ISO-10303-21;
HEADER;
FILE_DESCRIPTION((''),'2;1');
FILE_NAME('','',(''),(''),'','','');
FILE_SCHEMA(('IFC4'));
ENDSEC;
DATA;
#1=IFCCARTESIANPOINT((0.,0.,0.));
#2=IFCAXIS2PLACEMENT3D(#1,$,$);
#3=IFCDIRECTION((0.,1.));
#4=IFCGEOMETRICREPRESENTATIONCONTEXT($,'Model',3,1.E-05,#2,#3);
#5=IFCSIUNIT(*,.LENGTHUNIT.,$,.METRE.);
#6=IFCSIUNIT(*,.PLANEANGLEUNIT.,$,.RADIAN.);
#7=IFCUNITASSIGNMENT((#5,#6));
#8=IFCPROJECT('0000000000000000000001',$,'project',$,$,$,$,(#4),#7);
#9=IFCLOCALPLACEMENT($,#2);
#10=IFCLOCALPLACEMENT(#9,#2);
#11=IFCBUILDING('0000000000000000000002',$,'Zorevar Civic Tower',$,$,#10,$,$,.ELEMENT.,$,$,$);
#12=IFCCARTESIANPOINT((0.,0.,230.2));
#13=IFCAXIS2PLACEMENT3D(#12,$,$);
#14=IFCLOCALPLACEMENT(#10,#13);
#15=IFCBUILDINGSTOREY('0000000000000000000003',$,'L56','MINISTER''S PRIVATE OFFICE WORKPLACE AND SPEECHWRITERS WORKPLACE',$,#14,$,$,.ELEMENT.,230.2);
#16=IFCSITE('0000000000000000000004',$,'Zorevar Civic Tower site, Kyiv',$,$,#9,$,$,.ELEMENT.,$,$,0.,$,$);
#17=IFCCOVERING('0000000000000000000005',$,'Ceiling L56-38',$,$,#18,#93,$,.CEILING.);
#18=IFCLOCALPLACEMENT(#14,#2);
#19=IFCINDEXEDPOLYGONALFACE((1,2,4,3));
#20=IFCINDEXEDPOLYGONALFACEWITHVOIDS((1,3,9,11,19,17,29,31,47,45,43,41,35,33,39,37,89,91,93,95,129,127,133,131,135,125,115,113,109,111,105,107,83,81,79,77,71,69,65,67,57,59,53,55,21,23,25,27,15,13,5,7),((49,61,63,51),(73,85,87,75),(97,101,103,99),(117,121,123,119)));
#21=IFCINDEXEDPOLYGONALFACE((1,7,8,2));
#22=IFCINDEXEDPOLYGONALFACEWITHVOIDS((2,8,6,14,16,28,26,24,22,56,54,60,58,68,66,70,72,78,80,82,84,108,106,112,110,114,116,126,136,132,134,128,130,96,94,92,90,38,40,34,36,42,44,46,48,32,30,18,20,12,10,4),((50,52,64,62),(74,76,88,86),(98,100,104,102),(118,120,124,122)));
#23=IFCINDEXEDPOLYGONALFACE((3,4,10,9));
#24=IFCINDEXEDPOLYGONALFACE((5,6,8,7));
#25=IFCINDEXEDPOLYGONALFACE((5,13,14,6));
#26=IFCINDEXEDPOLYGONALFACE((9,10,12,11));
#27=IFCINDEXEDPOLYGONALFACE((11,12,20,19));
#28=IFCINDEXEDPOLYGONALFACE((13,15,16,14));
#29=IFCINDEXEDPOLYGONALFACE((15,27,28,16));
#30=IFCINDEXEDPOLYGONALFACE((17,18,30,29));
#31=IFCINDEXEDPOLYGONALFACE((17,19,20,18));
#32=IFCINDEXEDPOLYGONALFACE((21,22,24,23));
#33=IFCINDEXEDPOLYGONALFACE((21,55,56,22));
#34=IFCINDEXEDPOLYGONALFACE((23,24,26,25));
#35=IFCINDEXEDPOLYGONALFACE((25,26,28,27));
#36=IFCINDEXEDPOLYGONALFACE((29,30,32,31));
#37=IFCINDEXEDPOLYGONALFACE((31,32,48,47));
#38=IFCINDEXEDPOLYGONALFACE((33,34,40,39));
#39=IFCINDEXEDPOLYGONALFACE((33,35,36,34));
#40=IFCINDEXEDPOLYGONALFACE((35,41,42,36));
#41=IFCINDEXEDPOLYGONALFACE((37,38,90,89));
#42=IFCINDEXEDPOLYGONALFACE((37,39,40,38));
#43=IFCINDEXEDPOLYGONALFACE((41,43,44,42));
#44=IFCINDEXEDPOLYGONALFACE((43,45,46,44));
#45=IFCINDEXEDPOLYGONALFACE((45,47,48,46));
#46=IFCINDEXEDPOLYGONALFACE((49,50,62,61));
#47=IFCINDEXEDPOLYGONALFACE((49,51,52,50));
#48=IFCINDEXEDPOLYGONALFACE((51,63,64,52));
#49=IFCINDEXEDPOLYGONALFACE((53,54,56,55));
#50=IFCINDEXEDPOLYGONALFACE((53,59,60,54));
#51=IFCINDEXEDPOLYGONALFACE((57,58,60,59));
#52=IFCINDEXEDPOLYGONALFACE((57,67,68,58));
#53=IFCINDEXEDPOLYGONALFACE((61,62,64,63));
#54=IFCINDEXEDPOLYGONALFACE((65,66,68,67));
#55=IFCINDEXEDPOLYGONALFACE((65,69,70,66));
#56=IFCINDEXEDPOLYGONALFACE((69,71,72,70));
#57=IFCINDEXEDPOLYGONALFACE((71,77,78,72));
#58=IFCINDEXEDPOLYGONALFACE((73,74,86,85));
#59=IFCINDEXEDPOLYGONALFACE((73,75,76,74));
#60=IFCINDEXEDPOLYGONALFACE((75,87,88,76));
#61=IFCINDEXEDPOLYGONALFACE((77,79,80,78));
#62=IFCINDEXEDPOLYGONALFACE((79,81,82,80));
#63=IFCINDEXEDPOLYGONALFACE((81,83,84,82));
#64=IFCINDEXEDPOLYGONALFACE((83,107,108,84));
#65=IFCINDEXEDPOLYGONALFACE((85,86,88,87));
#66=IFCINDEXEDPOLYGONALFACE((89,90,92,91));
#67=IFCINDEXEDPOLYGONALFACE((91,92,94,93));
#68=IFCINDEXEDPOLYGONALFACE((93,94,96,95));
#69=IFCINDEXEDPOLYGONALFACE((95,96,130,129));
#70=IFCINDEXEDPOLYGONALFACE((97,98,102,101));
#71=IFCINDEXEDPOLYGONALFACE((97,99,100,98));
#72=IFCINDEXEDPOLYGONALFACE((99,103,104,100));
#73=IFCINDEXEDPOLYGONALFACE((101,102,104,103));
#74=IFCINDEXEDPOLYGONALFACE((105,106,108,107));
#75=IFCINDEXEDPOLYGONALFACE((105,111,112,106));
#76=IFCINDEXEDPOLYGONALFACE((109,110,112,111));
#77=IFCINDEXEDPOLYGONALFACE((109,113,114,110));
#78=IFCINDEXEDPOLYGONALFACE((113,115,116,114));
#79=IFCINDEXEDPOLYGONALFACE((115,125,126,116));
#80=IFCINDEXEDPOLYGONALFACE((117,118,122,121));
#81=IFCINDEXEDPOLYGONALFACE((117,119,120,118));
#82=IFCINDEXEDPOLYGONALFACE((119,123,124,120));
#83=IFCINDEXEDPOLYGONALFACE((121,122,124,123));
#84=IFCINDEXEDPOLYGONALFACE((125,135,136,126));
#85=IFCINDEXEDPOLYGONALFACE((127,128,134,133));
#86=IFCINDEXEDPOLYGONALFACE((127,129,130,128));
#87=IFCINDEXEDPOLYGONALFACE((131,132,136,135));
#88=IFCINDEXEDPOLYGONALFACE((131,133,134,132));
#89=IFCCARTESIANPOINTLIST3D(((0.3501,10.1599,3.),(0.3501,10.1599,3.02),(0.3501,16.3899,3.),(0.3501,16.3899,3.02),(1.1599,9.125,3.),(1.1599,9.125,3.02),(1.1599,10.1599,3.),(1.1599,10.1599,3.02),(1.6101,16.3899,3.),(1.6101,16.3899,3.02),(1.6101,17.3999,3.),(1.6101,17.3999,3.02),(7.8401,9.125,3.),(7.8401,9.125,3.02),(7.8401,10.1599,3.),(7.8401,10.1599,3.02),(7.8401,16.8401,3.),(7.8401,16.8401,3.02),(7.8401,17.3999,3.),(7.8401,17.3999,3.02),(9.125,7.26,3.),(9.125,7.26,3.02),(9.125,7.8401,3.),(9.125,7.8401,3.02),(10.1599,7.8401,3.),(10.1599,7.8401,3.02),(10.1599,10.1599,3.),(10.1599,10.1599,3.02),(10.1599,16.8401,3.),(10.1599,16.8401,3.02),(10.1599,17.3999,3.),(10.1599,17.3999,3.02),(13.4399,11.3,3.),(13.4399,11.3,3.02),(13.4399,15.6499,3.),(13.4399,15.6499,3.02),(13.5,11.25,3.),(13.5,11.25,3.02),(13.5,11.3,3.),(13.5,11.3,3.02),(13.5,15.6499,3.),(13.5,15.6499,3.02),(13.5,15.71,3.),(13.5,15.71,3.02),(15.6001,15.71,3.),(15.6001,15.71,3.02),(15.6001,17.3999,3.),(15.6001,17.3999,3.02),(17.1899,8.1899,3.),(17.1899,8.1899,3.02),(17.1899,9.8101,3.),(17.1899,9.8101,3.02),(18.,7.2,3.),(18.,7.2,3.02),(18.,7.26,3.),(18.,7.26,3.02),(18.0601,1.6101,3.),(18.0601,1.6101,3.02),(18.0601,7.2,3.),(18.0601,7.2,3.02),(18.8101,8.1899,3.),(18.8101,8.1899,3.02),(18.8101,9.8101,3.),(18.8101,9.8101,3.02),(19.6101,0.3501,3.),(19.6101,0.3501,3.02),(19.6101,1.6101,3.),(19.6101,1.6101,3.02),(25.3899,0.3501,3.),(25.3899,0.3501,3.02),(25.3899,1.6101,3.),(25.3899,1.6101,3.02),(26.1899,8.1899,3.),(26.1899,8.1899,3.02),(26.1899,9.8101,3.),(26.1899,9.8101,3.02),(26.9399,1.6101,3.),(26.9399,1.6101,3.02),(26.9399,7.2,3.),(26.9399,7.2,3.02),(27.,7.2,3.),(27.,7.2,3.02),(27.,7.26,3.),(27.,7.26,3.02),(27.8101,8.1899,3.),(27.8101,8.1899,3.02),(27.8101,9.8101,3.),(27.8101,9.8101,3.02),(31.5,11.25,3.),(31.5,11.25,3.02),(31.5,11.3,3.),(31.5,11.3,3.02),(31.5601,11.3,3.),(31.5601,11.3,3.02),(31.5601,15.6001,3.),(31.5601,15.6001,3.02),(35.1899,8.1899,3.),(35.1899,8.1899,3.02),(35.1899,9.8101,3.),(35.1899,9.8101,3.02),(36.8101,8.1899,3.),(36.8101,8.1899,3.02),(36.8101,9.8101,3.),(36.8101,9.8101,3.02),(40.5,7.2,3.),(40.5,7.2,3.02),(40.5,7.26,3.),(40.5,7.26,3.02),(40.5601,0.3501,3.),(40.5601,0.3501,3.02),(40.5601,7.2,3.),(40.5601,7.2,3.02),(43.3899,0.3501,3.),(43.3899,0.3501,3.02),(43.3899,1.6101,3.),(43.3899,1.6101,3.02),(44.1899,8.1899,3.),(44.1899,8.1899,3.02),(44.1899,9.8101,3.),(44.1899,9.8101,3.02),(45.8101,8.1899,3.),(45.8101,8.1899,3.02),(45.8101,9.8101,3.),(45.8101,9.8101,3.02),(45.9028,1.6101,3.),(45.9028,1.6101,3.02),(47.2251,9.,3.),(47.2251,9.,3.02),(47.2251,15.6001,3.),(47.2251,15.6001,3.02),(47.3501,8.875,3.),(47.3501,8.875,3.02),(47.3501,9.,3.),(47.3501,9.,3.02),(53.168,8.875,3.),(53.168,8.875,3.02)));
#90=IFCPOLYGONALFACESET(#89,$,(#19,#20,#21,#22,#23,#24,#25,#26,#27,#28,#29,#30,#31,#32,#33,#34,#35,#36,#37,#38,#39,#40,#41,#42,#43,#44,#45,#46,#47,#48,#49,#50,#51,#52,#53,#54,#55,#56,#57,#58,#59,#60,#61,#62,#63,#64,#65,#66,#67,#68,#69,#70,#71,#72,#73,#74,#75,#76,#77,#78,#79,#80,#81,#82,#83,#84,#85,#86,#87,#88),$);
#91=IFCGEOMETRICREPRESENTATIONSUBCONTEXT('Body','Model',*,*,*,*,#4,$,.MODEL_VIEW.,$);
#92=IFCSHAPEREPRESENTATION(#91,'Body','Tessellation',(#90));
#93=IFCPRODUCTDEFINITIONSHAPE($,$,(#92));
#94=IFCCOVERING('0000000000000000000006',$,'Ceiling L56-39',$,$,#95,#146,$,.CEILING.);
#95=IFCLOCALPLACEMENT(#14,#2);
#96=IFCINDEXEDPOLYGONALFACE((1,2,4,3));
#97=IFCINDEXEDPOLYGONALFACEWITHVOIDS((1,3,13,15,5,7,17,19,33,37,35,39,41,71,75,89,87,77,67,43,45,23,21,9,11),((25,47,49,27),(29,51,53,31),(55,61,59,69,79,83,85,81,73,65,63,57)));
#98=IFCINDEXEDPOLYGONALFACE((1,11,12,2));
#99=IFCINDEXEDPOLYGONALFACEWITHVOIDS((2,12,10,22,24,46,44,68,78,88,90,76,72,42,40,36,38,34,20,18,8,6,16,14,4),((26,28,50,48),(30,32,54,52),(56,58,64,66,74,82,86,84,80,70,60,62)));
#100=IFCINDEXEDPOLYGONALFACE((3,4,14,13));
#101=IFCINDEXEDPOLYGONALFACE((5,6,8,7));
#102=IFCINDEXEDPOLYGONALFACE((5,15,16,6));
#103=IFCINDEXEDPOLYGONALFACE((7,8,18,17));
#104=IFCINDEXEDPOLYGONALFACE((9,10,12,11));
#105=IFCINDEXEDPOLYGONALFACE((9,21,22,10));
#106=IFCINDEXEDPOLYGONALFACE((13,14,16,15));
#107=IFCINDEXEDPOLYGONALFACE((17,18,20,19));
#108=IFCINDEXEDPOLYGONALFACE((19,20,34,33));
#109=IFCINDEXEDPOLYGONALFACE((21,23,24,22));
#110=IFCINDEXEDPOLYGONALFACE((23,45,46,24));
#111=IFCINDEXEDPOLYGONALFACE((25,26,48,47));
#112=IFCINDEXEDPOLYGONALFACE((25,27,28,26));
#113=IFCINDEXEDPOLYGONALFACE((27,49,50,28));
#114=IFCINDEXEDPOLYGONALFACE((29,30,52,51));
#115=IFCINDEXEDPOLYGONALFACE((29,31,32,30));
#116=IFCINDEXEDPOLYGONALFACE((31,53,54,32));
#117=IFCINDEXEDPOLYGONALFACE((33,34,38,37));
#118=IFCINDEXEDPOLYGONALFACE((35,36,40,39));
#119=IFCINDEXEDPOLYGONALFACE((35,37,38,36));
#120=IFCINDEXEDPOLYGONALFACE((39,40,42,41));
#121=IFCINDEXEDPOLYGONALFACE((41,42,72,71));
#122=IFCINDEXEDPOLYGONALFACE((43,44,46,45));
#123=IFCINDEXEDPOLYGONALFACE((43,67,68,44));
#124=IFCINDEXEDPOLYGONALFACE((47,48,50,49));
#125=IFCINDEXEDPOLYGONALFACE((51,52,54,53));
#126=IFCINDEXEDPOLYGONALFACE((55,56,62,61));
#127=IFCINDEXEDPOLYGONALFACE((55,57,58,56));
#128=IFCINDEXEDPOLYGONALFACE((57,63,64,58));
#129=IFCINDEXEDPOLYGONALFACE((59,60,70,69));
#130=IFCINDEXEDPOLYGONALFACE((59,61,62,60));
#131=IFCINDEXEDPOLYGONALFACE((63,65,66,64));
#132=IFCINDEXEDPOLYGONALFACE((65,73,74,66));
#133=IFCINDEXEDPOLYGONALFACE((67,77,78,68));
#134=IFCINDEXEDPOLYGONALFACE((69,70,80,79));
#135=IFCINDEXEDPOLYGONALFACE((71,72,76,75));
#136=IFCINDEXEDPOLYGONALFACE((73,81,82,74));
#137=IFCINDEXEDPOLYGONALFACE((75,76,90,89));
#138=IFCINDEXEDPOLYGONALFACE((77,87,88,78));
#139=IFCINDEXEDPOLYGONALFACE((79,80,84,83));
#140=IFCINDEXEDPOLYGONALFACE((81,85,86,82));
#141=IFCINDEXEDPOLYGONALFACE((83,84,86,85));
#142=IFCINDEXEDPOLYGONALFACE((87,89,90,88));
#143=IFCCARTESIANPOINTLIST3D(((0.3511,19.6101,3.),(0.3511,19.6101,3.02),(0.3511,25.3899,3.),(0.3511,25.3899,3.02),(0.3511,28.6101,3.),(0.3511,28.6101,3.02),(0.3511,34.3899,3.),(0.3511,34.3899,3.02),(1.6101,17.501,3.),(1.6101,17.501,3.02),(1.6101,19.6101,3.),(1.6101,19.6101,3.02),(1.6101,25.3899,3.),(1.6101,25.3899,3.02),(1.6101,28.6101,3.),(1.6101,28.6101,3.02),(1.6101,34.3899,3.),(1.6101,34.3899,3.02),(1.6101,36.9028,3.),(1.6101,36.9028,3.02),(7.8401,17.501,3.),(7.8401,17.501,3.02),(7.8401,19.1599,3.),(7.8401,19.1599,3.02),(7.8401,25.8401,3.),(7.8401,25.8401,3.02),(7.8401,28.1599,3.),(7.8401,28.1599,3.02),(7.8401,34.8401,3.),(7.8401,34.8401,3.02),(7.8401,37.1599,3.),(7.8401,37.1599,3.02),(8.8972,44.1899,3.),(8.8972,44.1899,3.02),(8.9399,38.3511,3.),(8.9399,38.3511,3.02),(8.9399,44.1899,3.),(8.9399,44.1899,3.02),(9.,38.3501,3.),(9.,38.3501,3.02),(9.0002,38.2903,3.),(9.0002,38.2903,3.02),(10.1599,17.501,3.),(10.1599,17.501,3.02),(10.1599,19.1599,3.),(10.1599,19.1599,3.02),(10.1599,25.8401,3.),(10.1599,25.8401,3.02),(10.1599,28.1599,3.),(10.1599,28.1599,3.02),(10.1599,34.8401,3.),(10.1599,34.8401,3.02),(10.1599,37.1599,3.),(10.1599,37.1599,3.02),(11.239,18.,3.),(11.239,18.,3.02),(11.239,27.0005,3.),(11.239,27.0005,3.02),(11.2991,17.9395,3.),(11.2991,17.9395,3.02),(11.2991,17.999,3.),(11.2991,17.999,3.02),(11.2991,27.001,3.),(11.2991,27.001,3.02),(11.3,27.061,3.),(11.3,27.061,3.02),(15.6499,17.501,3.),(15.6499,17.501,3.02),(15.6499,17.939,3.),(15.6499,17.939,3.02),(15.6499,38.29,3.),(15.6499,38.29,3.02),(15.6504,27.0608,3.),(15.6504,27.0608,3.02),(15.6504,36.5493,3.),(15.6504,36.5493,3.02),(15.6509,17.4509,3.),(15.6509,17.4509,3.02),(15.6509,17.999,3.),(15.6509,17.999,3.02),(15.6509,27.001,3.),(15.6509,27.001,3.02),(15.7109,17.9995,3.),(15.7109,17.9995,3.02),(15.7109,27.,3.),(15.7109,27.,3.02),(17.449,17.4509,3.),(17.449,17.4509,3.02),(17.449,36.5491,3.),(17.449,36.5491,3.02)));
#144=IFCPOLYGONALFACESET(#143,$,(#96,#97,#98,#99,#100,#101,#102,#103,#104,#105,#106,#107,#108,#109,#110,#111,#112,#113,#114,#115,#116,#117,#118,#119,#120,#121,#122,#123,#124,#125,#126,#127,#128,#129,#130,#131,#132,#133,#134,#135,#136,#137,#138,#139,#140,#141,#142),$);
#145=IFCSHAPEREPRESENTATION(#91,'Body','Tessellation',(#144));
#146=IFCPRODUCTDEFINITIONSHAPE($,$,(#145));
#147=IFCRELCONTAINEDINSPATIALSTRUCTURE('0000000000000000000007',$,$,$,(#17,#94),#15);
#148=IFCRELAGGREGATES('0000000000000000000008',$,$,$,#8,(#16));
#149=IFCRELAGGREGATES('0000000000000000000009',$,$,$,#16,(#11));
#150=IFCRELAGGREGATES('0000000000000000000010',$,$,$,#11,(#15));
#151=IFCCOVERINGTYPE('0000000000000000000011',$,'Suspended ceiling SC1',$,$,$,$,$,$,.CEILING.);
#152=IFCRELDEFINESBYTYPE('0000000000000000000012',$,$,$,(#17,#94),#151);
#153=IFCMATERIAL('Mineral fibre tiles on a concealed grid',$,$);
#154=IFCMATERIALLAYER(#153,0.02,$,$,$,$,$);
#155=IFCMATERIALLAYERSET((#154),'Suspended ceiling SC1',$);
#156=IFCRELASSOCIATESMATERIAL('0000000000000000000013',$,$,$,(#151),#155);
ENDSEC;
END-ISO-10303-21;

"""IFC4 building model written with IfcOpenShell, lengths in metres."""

from ifc_helpers import new_model, si_unit, direction, frame, origin, place, context, subcontext, project, spatial, polyline, outline, extrude, material, layer, layer_set, type_object, element, save


model = new_model("IFC4")

# Units and contexts
model_context = context("Model", 3, precision=1e-05, world=origin(), true_north=direction((0.0, 1.0)))
body_context = subcontext(model_context, "Body", "Model", "MODEL_VIEW")
ifc_project = project(units=[si_unit("LENGTHUNIT", "METRE"), si_unit("PLANEANGLEUNIT", "RADIAN")], contexts=[model_context])

# Site, building, storey
site_placement = place(None, origin())
site = spatial("IfcSite", under=ifc_project, at=site_placement, Name="Zorevar Civic Tower site, Kyiv", CompositionType="ELEMENT", RefElevation=0.0)
building_placement = place(site_placement, origin())
building = spatial("IfcBuilding", under=site, at=building_placement, Name="Zorevar Civic Tower", CompositionType="ELEMENT")
storey_placement = place(building_placement, frame((0.0, 0.0, 230.2)))
storey = spatial("IfcBuildingStorey", under=building, at=storey_placement, Name="L56", Description="MINISTER'S PRIVATE OFFICE WORKPLACE AND SPEECHWRITERS WORKPLACE", CompositionType="ELEMENT", Elevation=230.2)

# Coverings
ifc_material_1 = material(Name="Mineral fibre tiles on a concealed grid")
ifc_layer = layer(ifc_material_1, 0.02)
ifc_layer_set = layer_set([ifc_layer], Name="Suspended ceiling SC1")
covering_type = type_object("IfcCoveringType", Name="Suspended ceiling SC1", PredefinedType="CEILING", material=ifc_layer_set)
covering_1_placement = place(storey_placement, frame((0.0, 0.0, 3.0)))
element("IfcCovering", 1, at=covering_1_placement, inside=storey, type_object=covering_type, Name="Ceiling L56-38", PredefinedType="CEILING", context=body_context, shape_type="SweptSolid", body=[
    extrude(outline(polyline([(0.3501, 16.3899), (1.6101, 16.3899), (1.6101, 17.3999), (7.8401, 17.3999), (7.8401, 16.8401), (10.1599, 16.8401), (10.1599, 17.3999), (15.6001, 17.3999), (15.6001, 15.71), (13.5, 15.71), (13.5, 15.6499), (13.4399, 15.6499), (13.4399, 11.3), (13.5, 11.3), (13.5, 11.25), (31.5, 11.25), (31.5, 11.3), (31.5601, 11.3), (31.5601, 15.6001), (47.2251, 15.6001), (47.2251, 9.0), (47.3501, 9.0), (47.3501, 8.875), (53.168, 8.875), (45.9028, 1.6101), (43.3899, 1.6101), (43.3899, 0.3501), (40.5601, 0.3501), (40.5601, 7.2), (40.5, 7.2), (40.5, 7.26), (27.0, 7.26), (27.0, 7.2), (26.9399, 7.2), (26.9399, 1.6101), (25.3899, 1.6101), (25.3899, 0.3501), (19.6101, 0.3501), (19.6101, 1.6101), (18.0601, 1.6101), (18.0601, 7.2), (18.0, 7.2), (18.0, 7.26), (9.125, 7.26), (9.125, 7.8401), (10.1599, 7.8401), (10.1599, 10.1599), (7.8401, 10.1599), (7.8401, 9.125), (1.1599, 9.125), (1.1599, 10.1599), (0.3501, 10.1599), (0.3501, 16.3899)]), holes=[polyline([(18.8101, 8.1899), (18.8101, 9.8101), (17.1899, 9.8101), (17.1899, 8.1899), (18.8101, 8.1899)]), polyline([(26.1899, 9.8101), (26.1899, 8.1899), (27.8101, 8.1899), (27.8101, 9.8101), (26.1899, 9.8101)]), polyline([(36.8101, 9.8101), (35.1899, 9.8101), (35.1899, 8.1899), (36.8101, 8.1899), (36.8101, 9.8101)]), polyline([(44.1899, 8.1899), (45.8101, 8.1899), (45.8101, 9.8101), (44.1899, 9.8101), (44.1899, 8.1899)])]), origin(), (0.0, 0.0, 1.0), 0.02),
])
covering_2_placement = place(storey_placement, frame((0.0, 0.0, 3.0)))
element("IfcCovering", 2, at=covering_2_placement, inside=storey, type_object=covering_type, Name="Ceiling L56-39", PredefinedType="CEILING", context=body_context, shape_type="SweptSolid", body=[
    extrude(outline(polyline([(8.9399, 44.1899), (8.9399, 38.3511), (9.0, 38.3501), (9.0002, 38.2903), (15.6499, 38.29), (15.6504, 36.5493), (17.449, 36.5491), (17.449, 17.4509), (15.6509, 17.4509), (15.6499, 17.501), (10.1599, 17.501), (10.1599, 19.1599), (7.8401, 19.1599), (7.8401, 17.501), (1.6101, 17.501), (1.6101, 19.6101), (0.3511, 19.6101), (0.3511, 25.3899), (1.6101, 25.3899), (1.6101, 28.6101), (0.3511, 28.6101), (0.3511, 34.3899), (1.6101, 34.3899), (1.6101, 36.9028), (8.8972, 44.1899), (8.9399, 44.1899)]), holes=[polyline([(11.2991, 27.001), (11.239, 27.0005), (11.239, 18.0), (11.2991, 17.999), (11.2991, 17.9395), (15.6499, 17.939), (15.6509, 17.999), (15.7109, 17.9995), (15.7109, 27.0), (15.6509, 27.001), (15.6504, 27.0608), (11.3, 27.061), (11.2991, 27.001)]), polyline([(10.1599, 25.8401), (10.1599, 28.1599), (7.8401, 28.1599), (7.8401, 25.8401), (10.1599, 25.8401)]), polyline([(7.8401, 34.8401), (10.1599, 34.8401), (10.1599, 37.1599), (7.8401, 37.1599), (7.8401, 34.8401)])]), origin(), (0.0, 0.0, 1.0), 0.02),
])

save(model, "model.ifc")
